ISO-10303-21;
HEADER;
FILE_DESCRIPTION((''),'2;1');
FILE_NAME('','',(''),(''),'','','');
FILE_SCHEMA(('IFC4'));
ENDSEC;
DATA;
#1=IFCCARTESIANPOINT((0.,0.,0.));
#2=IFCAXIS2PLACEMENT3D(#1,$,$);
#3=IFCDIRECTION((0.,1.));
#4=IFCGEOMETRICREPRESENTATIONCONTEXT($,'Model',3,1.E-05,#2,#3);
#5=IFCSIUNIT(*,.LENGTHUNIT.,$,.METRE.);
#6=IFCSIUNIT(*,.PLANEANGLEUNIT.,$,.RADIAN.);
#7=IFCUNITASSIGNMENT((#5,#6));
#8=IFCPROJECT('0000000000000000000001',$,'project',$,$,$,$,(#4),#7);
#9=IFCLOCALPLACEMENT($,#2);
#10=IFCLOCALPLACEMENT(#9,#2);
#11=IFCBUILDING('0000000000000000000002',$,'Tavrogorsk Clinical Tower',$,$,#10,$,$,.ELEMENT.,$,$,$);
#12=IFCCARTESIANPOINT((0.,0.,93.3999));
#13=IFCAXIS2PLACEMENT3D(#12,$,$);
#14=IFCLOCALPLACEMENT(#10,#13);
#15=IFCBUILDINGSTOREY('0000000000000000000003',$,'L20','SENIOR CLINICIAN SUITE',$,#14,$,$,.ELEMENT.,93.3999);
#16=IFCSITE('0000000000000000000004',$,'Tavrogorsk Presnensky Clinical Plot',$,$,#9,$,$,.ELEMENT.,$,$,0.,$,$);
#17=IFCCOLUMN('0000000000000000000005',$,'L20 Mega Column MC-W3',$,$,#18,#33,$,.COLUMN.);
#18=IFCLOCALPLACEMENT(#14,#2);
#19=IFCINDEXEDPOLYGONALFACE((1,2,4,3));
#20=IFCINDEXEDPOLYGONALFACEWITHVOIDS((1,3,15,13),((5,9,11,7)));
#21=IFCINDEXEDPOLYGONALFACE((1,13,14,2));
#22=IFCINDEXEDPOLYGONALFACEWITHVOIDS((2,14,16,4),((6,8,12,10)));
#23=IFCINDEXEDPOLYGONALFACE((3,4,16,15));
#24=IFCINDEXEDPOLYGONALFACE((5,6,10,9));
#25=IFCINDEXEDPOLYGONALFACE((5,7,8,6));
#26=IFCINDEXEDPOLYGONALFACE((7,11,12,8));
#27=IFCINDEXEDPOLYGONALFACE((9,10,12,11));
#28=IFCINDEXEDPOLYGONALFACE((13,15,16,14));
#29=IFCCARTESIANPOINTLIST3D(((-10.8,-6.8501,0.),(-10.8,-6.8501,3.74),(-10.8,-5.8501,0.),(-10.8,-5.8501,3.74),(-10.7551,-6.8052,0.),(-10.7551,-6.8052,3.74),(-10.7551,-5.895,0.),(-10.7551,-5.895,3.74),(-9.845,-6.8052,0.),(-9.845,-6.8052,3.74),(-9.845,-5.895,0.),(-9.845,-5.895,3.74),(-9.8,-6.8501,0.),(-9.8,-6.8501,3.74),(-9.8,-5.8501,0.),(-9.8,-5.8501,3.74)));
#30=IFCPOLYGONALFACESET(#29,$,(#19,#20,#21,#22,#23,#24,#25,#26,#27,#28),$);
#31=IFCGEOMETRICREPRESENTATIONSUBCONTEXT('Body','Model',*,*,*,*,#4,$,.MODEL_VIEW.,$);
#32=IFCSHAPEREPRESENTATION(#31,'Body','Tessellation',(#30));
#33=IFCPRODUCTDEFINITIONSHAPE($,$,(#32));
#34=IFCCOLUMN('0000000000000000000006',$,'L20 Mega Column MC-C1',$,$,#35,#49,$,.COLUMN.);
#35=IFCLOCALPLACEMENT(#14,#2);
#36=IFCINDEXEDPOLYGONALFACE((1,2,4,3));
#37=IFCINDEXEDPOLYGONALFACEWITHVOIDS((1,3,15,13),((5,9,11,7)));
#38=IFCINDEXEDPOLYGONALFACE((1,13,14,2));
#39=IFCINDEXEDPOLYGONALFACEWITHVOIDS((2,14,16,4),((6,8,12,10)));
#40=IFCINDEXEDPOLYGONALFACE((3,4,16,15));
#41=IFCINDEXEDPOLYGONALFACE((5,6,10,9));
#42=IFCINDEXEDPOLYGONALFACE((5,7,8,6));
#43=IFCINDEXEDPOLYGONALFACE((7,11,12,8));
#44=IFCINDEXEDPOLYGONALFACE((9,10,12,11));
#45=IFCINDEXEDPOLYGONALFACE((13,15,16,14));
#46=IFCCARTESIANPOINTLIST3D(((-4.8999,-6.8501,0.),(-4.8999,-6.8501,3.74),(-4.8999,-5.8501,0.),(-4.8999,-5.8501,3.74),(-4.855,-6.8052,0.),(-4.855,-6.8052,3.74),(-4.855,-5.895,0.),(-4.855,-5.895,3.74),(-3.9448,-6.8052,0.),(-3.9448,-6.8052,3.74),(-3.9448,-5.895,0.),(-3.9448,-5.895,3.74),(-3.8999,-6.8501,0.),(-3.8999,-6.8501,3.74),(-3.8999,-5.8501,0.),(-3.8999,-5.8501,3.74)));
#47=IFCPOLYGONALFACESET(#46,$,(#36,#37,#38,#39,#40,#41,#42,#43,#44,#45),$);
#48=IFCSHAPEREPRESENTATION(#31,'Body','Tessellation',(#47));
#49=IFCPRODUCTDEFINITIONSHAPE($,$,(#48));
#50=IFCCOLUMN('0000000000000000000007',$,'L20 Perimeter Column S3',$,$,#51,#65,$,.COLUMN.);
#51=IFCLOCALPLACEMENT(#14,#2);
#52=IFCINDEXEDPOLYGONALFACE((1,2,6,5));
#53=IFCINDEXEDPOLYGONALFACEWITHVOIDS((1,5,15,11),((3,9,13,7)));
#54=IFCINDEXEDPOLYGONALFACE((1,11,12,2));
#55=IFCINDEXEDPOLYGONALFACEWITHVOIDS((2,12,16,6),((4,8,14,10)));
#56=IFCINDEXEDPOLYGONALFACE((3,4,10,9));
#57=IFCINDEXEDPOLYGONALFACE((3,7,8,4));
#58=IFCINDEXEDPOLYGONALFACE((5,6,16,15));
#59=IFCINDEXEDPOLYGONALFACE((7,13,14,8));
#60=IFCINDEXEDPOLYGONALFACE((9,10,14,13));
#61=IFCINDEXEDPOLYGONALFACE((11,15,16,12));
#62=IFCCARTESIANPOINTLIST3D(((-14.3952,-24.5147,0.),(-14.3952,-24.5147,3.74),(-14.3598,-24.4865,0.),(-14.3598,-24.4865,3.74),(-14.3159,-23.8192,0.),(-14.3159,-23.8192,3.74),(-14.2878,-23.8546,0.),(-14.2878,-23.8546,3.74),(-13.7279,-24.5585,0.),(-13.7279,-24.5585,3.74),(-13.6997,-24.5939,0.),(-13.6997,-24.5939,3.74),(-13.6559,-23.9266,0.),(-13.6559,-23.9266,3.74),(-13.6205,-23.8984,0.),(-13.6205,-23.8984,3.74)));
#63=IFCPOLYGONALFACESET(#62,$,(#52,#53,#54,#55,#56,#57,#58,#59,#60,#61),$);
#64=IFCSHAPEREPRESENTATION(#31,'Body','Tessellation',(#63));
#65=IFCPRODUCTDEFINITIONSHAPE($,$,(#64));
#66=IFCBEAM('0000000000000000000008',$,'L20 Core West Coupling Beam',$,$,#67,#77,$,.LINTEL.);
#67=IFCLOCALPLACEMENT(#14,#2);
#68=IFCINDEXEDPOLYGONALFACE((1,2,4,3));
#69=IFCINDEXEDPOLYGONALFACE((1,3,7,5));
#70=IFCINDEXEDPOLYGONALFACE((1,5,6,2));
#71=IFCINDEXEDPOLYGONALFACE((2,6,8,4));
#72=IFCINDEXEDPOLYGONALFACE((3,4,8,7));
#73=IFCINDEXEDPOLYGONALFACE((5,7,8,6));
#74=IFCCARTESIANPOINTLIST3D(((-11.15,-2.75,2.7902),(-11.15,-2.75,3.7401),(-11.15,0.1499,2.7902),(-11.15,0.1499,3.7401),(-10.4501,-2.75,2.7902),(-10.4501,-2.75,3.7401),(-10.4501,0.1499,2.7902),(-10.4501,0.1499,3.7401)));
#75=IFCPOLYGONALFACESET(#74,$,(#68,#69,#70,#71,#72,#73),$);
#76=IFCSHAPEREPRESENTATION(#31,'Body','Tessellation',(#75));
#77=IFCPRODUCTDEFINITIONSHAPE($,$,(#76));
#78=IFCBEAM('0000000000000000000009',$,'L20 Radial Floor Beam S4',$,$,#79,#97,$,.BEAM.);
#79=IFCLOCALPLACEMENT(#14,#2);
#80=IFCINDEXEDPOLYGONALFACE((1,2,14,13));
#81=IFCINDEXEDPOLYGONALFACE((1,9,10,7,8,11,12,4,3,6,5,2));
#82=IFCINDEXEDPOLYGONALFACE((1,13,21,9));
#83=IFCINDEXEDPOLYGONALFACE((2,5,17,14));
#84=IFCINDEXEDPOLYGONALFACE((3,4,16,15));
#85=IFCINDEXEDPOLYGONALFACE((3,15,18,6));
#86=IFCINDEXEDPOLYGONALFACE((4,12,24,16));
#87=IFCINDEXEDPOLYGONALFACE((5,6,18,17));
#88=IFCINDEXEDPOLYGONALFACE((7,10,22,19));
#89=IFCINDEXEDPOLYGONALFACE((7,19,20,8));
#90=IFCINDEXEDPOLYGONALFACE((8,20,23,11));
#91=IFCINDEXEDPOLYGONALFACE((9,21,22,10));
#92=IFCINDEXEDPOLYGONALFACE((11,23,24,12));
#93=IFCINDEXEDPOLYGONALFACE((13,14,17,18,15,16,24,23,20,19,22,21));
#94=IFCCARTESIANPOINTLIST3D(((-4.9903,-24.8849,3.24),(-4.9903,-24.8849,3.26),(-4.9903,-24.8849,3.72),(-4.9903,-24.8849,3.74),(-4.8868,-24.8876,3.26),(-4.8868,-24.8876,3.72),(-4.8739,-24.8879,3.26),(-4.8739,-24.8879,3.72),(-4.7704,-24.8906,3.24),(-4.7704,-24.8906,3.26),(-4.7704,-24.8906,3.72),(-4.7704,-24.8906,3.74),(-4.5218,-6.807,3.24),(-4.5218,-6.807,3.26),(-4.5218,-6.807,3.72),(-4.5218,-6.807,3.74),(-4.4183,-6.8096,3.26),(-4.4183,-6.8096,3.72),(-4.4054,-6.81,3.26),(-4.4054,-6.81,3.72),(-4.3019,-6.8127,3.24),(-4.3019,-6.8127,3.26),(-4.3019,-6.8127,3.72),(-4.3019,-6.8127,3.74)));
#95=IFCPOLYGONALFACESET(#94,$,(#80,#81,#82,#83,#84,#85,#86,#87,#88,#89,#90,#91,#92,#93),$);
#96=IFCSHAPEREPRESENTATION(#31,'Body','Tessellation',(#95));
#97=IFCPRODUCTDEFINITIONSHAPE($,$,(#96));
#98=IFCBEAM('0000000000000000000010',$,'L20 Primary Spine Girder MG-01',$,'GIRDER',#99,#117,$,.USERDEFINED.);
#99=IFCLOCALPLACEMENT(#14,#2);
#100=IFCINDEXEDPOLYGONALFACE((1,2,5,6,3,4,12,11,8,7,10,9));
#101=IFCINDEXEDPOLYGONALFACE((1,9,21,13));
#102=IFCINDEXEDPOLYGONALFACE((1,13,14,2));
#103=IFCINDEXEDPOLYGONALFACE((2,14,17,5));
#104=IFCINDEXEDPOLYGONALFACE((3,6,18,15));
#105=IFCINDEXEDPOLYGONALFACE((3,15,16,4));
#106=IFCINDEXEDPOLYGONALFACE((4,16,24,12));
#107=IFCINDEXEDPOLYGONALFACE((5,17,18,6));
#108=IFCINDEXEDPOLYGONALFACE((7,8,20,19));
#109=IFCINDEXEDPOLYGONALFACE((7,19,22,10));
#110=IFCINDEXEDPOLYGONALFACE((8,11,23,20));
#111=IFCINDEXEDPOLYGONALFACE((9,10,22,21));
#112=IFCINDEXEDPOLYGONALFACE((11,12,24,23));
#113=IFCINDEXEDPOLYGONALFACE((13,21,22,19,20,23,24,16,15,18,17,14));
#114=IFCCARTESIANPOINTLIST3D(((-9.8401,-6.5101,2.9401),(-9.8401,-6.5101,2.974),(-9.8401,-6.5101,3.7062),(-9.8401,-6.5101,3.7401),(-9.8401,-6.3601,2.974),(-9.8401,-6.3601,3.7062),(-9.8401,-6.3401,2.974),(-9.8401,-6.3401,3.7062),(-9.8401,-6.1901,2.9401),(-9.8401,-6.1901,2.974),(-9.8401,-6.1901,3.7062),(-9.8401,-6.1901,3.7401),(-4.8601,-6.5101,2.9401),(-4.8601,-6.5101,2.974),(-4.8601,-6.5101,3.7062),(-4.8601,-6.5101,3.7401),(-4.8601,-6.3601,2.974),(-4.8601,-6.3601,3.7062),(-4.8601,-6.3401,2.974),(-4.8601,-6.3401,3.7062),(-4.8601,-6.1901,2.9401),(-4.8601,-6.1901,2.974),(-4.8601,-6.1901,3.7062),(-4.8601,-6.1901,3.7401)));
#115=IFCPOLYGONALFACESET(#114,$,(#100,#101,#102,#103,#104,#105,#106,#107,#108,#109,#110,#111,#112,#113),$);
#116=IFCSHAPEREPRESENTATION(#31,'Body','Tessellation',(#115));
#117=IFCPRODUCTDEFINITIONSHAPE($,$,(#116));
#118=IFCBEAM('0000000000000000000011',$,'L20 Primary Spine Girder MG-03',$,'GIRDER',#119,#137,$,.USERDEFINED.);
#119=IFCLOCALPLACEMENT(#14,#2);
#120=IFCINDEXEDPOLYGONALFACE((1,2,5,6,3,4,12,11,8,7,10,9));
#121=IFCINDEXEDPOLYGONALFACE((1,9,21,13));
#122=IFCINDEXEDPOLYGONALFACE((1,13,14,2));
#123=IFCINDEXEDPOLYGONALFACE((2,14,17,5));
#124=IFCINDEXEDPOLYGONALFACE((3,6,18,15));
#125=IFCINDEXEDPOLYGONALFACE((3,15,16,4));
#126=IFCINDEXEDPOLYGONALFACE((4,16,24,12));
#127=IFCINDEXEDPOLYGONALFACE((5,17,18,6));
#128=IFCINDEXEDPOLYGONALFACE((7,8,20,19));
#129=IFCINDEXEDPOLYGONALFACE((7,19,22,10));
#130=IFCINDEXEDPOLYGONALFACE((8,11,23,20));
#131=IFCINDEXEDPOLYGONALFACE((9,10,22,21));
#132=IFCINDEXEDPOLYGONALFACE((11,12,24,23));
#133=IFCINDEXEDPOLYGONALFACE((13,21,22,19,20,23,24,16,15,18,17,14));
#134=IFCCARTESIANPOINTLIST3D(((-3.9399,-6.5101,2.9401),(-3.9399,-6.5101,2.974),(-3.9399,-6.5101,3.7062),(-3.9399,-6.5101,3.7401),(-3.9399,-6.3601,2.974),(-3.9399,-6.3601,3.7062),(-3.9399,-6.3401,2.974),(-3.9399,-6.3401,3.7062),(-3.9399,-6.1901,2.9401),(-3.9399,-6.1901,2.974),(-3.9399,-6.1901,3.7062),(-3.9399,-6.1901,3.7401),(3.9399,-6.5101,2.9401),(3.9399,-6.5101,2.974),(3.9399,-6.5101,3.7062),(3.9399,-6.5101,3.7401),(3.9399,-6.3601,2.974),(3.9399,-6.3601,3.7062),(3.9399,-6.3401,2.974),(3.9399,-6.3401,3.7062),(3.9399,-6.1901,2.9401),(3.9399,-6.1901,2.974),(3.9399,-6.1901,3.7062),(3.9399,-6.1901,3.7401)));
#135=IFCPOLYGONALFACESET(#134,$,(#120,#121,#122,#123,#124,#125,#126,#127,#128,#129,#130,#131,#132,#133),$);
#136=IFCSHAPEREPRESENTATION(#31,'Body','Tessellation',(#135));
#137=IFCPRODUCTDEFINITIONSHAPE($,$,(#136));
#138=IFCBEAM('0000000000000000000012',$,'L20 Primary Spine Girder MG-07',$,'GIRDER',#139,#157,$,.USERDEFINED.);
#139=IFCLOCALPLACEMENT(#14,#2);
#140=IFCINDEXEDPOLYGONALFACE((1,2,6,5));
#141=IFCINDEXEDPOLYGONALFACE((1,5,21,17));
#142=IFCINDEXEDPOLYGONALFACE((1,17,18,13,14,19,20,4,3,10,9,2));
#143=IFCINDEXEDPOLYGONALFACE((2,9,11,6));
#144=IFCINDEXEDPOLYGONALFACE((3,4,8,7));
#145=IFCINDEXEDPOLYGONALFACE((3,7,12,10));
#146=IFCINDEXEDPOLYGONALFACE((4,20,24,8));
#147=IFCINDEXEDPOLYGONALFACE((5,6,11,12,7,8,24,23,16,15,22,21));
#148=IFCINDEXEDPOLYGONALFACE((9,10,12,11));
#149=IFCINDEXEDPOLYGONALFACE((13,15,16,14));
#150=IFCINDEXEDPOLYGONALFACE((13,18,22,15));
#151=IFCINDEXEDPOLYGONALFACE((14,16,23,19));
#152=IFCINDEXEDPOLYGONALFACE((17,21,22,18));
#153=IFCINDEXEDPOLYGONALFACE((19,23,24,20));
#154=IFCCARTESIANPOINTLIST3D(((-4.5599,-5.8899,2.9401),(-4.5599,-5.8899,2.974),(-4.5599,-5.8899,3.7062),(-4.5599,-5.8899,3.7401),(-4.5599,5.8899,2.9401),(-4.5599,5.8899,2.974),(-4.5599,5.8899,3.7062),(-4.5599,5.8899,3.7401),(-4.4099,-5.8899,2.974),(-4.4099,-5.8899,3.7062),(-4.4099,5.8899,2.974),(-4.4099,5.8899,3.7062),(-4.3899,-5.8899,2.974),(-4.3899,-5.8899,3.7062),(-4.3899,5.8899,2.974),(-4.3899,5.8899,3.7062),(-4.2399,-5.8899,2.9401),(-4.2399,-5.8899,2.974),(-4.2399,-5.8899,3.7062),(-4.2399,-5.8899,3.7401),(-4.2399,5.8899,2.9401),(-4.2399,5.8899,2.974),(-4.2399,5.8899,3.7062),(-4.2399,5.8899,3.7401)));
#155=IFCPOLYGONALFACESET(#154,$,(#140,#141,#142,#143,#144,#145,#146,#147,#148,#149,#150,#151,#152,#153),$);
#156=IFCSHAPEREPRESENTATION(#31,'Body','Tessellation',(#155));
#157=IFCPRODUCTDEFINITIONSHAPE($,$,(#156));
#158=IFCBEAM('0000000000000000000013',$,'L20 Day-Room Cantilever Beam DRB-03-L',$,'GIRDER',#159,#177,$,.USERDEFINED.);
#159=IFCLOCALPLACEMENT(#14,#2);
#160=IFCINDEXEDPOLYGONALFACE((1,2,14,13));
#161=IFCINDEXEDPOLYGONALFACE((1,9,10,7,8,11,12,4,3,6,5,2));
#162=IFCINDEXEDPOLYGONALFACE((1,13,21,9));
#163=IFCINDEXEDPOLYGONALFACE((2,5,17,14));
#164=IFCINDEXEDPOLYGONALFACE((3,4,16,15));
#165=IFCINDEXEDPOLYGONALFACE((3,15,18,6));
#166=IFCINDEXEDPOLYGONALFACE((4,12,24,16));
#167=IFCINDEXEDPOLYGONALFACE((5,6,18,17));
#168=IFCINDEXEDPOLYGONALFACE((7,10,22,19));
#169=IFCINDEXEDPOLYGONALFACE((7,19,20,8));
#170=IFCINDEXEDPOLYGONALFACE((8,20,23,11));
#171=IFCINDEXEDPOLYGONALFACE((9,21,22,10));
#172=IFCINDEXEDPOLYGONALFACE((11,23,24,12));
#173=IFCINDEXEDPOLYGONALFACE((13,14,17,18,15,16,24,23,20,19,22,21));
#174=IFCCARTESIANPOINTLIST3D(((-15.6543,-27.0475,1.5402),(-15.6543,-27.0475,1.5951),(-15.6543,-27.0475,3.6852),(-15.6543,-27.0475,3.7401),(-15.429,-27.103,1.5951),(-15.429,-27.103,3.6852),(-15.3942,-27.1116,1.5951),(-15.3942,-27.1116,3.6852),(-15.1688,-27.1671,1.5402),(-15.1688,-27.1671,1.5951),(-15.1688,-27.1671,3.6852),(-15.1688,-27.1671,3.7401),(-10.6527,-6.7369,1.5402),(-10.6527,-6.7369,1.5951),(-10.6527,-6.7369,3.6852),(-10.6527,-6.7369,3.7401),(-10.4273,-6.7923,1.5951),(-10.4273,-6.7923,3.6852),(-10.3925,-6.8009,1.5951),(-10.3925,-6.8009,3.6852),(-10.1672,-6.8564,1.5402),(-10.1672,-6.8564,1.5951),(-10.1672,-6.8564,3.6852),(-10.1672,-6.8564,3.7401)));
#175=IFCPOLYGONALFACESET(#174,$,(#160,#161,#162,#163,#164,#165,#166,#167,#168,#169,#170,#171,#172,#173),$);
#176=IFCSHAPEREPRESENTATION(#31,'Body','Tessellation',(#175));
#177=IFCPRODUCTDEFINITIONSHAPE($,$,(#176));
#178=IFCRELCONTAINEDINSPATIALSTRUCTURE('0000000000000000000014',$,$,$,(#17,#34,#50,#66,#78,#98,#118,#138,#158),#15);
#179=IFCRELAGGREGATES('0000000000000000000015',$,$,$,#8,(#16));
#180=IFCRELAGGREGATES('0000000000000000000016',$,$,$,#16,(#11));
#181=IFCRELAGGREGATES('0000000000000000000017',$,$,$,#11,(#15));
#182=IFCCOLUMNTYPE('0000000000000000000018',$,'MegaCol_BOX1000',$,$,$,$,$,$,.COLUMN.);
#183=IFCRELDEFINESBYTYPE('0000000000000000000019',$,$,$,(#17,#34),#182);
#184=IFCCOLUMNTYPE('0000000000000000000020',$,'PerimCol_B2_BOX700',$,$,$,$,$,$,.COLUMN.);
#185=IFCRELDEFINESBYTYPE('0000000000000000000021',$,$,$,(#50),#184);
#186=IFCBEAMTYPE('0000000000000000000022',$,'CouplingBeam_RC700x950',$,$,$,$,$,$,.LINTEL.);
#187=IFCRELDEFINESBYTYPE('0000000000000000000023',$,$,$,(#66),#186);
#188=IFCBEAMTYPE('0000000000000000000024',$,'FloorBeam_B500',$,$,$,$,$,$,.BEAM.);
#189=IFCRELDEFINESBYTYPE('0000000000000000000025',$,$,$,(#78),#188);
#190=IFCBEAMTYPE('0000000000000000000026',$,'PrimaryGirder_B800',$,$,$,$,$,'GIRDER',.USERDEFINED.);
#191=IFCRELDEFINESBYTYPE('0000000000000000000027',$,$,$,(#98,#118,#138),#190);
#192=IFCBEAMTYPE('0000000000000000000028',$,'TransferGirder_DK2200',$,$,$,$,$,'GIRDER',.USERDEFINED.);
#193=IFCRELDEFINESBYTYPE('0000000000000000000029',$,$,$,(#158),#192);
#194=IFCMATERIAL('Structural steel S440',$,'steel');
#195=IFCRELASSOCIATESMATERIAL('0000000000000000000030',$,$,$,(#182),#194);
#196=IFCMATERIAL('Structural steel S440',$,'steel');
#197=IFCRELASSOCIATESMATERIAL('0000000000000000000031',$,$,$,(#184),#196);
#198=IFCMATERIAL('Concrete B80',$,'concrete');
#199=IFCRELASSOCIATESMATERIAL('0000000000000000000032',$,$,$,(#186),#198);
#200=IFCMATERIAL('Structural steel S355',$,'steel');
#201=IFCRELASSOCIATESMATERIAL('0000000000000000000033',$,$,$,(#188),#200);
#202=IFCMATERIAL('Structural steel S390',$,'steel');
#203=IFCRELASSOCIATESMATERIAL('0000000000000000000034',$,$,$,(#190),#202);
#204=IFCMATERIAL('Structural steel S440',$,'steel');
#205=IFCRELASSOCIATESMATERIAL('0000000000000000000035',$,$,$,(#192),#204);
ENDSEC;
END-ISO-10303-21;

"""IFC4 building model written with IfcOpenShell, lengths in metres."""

from ifc_helpers import new_model, si_unit, direction, frame, origin, origin_2d, place, context, subcontext, project, spatial, rectangle, hollow_rectangle, i_section, extrude, material, material_profile, profile_set, type_object, element, save


model = new_model("IFC4")

# Units and contexts
model_context = context("Model", 3, precision=1e-05, world=origin(), true_north=direction((0.0, 1.0)))
body_context = subcontext(model_context, "Body", "Model", "MODEL_VIEW")
ifc_project = project(units=[si_unit("LENGTHUNIT", "METRE"), si_unit("PLANEANGLEUNIT", "RADIAN")], contexts=[model_context])

# Site, building, storey
site_placement = place(None, origin())
site = spatial("IfcSite", under=ifc_project, at=site_placement, Name="Tavrogorsk Presnensky Clinical Plot", CompositionType="ELEMENT", RefElevation=0.0)
building_placement = place(site_placement, origin())
building = spatial("IfcBuilding", under=site, at=building_placement, Name="Tavrogorsk Clinical Tower", CompositionType="ELEMENT")
storey_placement = place(building_placement, frame((0.0, 0.0, 93.3999)))
storey = spatial("IfcBuildingStorey", under=building, at=storey_placement, Name="L20", Description="SENIOR CLINICIAN SUITE", CompositionType="ELEMENT", Elevation=93.3999)

# Columns
ifc_material_1 = material(Name="Structural steel S440", Category="steel")
ifc_material_profile_1 = material_profile(ifc_material_1, hollow_rectangle(XDim=1.0, YDim=1.0, WallThickness=0.0449, at=origin_2d()), Name="BOX-1000x1000x45")
ifc_profile_set_1 = profile_set([ifc_material_profile_1], Name="Structural steel S440")
column_type_1 = type_object("IfcColumnType", Name="MegaCol_BOX1000", PredefinedType="COLUMN", material=ifc_profile_set_1)
for number, where, z_axis, x_axis, name in (
    (1, (-10.3, -6.3501, 0.0), (0.0, 0.0, 1.0), (1.0, 0.0, 0.0), "L20 Mega Column MC-W3"),
    (2, (-4.3999, -6.3501, 0.0), (0.0, 0.0, 1.0), (1.0, 0.0, 0.0), "L20 Mega Column MC-C1"),
):
    element("IfcColumn", number, at=place(storey_placement, frame(where, z_axis=z_axis, x_axis=x_axis)), inside=storey, type_object=column_type_1, Name=name, PredefinedType="COLUMN", context=body_context, shape_type="SweptSolid", body=[
        extrude(hollow_rectangle(XDim=1.0, YDim=1.0, WallThickness=0.0449, at=origin_2d()), origin(), (0.0, 0.0, 1.0), 3.74),
    ])
ifc_material_2 = material(Name="Structural steel S440", Category="steel")
ifc_material_profile_2 = material_profile(ifc_material_2, hollow_rectangle(XDim=0.7, YDim=0.7, WallThickness=0.032, at=origin_2d()), Name="BOX-700x700x32")
ifc_profile_set_2 = profile_set([ifc_material_profile_2], Name="Structural steel S440")
column_type_2 = type_object("IfcColumnType", Name="PerimCol_B2_BOX700", PredefinedType="COLUMN", material=ifc_profile_set_2)
column_placement = place(storey_placement, frame((-14.0078, -24.2065, 0.0), z_axis=(0.0, 0.0, 1.0), x_axis=(0.993572, -0.113203, 0.0)))
element("IfcColumn", 3, at=column_placement, inside=storey, type_object=column_type_2, Name="L20 Perimeter Column S3", PredefinedType="COLUMN", context=body_context, shape_type="SweptSolid", body=[
    extrude(hollow_rectangle(XDim=0.7, YDim=0.7, WallThickness=0.032, at=origin_2d()), origin(), (0.0, 0.0, 1.0), 3.74),
])

# Beams
ifc_material_3 = material(Name="Concrete B80", Category="concrete")
ifc_material_profile_3 = material_profile(ifc_material_3, rectangle(XDim=0.7, YDim=0.95, at=origin_2d()), Name="RC-CB-700x950")
ifc_profile_set_3 = profile_set([ifc_material_profile_3], Name="Concrete B80")
beam_type_1 = type_object("IfcBeamType", Name="CouplingBeam_RC700x950", PredefinedType="LINTEL", material=ifc_profile_set_3)
beam_1_placement = place(storey_placement, frame((-10.8, -2.75, 3.2651), z_axis=(0.0, 1.0, 0.0), x_axis=(-1.0, 0.0, 0.0)))
element("IfcBeam", 4, at=beam_1_placement, inside=storey, type_object=beam_type_1, Name="L20 Core West Coupling Beam", PredefinedType="LINTEL", context=body_context, shape_type="SweptSolid", body=[
    extrude(rectangle(XDim=0.7, YDim=0.95, at=origin_2d()), origin(), (0.0, 0.0, 1.0), 2.8999),
])
ifc_material_4 = material(Name="Structural steel S355", Category="steel")
ifc_material_profile_4 = material_profile(ifc_material_4, i_section(OverallWidth=0.22, OverallDepth=0.5, WebThickness=0.0129, FlangeThickness=0.02, at=origin_2d()), Name="B-500x220x13x20")
ifc_profile_set_4 = profile_set([ifc_material_profile_4], Name="Structural steel S355")
beam_type_2 = type_object("IfcBeamType", Name="FloorBeam_B500", PredefinedType="BEAM", material=ifc_profile_set_4)
beam_2_placement = place(storey_placement, frame((-4.4119, -6.8098, 3.49), z_axis=(-0.025907, -0.999664, 0.0), x_axis=(0.999664, -0.025907, 0.0)))
element("IfcBeam", 5, at=beam_2_placement, inside=storey, type_object=beam_type_2, Name="L20 Radial Floor Beam S4", PredefinedType="BEAM", context=body_context, shape_type="SweptSolid", body=[
    extrude(i_section(OverallWidth=0.22, OverallDepth=0.5, WebThickness=0.0129, FlangeThickness=0.02, at=origin_2d()), origin(), (0.0, 0.0, 1.0), 18.084),
])
ifc_material_5 = material(Name="Structural steel S390", Category="steel")
ifc_material_profile_5 = material_profile(ifc_material_5, i_section(OverallWidth=0.3201, OverallDepth=0.8, WebThickness=0.02, FlangeThickness=0.0339, at=origin_2d()), Name="B-800x320x20x34")
ifc_profile_set_5 = profile_set([ifc_material_profile_5], Name="Structural steel S390")
beam_type_3 = type_object("IfcBeamType", Name="PrimaryGirder_B800", ElementType="GIRDER", PredefinedType="USERDEFINED", material=ifc_profile_set_5)
beam_3_placement = place(storey_placement, frame((-9.8401, -6.3501, 3.3401), z_axis=(1.0, 0.0, 0.0), x_axis=(0.0, 1.0, 0.0)))
element("IfcBeam", 6, at=beam_3_placement, inside=storey, type_object=beam_type_3, Name="L20 Primary Spine Girder MG-01", ObjectType="GIRDER", PredefinedType="USERDEFINED", context=body_context, shape_type="SweptSolid", body=[
    extrude(i_section(OverallWidth=0.3201, OverallDepth=0.8, WebThickness=0.02, FlangeThickness=0.0339, at=origin_2d()), origin(), (0.0, 0.0, 1.0), 4.98),
])
beam_4_placement = place(storey_placement, frame((-3.9399, -6.3501, 3.3401), z_axis=(1.0, 0.0, 0.0), x_axis=(0.0, 1.0, 0.0)))
element("IfcBeam", 7, at=beam_4_placement, inside=storey, type_object=beam_type_3, Name="L20 Primary Spine Girder MG-03", ObjectType="GIRDER", PredefinedType="USERDEFINED", context=body_context, shape_type="SweptSolid", body=[
    extrude(i_section(OverallWidth=0.3201, OverallDepth=0.8, WebThickness=0.02, FlangeThickness=0.0339, at=origin_2d()), origin(), (0.0, 0.0, 1.0), 7.8799),
])
beam_5_placement = place(storey_placement, frame((-4.3999, -5.8899, 3.3401), z_axis=(0.0, 1.0, 0.0), x_axis=(-1.0, 0.0, 0.0)))
element("IfcBeam", 8, at=beam_5_placement, inside=storey, type_object=beam_type_3, Name="L20 Primary Spine Girder MG-07", ObjectType="GIRDER", PredefinedType="USERDEFINED", context=body_context, shape_type="SweptSolid", body=[
    extrude(i_section(OverallWidth=0.3201, OverallDepth=0.8, WebThickness=0.02, FlangeThickness=0.0339, at=origin_2d()), origin(), (0.0, 0.0, 1.0), 11.7798),
])
ifc_material_6 = material(Name="Structural steel S440", Category="steel")
ifc_material_profile_6 = material_profile(ifc_material_6, i_section(OverallWidth=0.5, OverallDepth=2.2, WebThickness=0.0359, FlangeThickness=0.0549, at=origin_2d()), Name="DK-2200x500x36x55")
ifc_profile_set_6 = profile_set([ifc_material_profile_6], Name="Structural steel S440")
beam_type_4 = type_object("IfcBeamType", Name="TransferGirder_DK2200", ElementType="GIRDER", PredefinedType="USERDEFINED", material=ifc_profile_set_6)
beam_6_placement = place(storey_placement, frame((-10.4099, -6.7966, 2.6401), z_axis=(-0.239115, -0.970991, 0.0), x_axis=(0.970991, -0.239115, 0.0)))
element("IfcBeam", 9, at=beam_6_placement, inside=storey, type_object=beam_type_4, Name="L20 Day-Room Cantilever Beam DRB-03-L", ObjectType="GIRDER", PredefinedType="USERDEFINED", context=body_context, shape_type="SweptSolid", body=[
    extrude(i_section(OverallWidth=0.5, OverallDepth=2.2, WebThickness=0.0359, FlangeThickness=0.0549, at=origin_2d()), origin(), (0.0, 0.0, 1.0), 20.9175),
])

save(model, "model.ifc")
